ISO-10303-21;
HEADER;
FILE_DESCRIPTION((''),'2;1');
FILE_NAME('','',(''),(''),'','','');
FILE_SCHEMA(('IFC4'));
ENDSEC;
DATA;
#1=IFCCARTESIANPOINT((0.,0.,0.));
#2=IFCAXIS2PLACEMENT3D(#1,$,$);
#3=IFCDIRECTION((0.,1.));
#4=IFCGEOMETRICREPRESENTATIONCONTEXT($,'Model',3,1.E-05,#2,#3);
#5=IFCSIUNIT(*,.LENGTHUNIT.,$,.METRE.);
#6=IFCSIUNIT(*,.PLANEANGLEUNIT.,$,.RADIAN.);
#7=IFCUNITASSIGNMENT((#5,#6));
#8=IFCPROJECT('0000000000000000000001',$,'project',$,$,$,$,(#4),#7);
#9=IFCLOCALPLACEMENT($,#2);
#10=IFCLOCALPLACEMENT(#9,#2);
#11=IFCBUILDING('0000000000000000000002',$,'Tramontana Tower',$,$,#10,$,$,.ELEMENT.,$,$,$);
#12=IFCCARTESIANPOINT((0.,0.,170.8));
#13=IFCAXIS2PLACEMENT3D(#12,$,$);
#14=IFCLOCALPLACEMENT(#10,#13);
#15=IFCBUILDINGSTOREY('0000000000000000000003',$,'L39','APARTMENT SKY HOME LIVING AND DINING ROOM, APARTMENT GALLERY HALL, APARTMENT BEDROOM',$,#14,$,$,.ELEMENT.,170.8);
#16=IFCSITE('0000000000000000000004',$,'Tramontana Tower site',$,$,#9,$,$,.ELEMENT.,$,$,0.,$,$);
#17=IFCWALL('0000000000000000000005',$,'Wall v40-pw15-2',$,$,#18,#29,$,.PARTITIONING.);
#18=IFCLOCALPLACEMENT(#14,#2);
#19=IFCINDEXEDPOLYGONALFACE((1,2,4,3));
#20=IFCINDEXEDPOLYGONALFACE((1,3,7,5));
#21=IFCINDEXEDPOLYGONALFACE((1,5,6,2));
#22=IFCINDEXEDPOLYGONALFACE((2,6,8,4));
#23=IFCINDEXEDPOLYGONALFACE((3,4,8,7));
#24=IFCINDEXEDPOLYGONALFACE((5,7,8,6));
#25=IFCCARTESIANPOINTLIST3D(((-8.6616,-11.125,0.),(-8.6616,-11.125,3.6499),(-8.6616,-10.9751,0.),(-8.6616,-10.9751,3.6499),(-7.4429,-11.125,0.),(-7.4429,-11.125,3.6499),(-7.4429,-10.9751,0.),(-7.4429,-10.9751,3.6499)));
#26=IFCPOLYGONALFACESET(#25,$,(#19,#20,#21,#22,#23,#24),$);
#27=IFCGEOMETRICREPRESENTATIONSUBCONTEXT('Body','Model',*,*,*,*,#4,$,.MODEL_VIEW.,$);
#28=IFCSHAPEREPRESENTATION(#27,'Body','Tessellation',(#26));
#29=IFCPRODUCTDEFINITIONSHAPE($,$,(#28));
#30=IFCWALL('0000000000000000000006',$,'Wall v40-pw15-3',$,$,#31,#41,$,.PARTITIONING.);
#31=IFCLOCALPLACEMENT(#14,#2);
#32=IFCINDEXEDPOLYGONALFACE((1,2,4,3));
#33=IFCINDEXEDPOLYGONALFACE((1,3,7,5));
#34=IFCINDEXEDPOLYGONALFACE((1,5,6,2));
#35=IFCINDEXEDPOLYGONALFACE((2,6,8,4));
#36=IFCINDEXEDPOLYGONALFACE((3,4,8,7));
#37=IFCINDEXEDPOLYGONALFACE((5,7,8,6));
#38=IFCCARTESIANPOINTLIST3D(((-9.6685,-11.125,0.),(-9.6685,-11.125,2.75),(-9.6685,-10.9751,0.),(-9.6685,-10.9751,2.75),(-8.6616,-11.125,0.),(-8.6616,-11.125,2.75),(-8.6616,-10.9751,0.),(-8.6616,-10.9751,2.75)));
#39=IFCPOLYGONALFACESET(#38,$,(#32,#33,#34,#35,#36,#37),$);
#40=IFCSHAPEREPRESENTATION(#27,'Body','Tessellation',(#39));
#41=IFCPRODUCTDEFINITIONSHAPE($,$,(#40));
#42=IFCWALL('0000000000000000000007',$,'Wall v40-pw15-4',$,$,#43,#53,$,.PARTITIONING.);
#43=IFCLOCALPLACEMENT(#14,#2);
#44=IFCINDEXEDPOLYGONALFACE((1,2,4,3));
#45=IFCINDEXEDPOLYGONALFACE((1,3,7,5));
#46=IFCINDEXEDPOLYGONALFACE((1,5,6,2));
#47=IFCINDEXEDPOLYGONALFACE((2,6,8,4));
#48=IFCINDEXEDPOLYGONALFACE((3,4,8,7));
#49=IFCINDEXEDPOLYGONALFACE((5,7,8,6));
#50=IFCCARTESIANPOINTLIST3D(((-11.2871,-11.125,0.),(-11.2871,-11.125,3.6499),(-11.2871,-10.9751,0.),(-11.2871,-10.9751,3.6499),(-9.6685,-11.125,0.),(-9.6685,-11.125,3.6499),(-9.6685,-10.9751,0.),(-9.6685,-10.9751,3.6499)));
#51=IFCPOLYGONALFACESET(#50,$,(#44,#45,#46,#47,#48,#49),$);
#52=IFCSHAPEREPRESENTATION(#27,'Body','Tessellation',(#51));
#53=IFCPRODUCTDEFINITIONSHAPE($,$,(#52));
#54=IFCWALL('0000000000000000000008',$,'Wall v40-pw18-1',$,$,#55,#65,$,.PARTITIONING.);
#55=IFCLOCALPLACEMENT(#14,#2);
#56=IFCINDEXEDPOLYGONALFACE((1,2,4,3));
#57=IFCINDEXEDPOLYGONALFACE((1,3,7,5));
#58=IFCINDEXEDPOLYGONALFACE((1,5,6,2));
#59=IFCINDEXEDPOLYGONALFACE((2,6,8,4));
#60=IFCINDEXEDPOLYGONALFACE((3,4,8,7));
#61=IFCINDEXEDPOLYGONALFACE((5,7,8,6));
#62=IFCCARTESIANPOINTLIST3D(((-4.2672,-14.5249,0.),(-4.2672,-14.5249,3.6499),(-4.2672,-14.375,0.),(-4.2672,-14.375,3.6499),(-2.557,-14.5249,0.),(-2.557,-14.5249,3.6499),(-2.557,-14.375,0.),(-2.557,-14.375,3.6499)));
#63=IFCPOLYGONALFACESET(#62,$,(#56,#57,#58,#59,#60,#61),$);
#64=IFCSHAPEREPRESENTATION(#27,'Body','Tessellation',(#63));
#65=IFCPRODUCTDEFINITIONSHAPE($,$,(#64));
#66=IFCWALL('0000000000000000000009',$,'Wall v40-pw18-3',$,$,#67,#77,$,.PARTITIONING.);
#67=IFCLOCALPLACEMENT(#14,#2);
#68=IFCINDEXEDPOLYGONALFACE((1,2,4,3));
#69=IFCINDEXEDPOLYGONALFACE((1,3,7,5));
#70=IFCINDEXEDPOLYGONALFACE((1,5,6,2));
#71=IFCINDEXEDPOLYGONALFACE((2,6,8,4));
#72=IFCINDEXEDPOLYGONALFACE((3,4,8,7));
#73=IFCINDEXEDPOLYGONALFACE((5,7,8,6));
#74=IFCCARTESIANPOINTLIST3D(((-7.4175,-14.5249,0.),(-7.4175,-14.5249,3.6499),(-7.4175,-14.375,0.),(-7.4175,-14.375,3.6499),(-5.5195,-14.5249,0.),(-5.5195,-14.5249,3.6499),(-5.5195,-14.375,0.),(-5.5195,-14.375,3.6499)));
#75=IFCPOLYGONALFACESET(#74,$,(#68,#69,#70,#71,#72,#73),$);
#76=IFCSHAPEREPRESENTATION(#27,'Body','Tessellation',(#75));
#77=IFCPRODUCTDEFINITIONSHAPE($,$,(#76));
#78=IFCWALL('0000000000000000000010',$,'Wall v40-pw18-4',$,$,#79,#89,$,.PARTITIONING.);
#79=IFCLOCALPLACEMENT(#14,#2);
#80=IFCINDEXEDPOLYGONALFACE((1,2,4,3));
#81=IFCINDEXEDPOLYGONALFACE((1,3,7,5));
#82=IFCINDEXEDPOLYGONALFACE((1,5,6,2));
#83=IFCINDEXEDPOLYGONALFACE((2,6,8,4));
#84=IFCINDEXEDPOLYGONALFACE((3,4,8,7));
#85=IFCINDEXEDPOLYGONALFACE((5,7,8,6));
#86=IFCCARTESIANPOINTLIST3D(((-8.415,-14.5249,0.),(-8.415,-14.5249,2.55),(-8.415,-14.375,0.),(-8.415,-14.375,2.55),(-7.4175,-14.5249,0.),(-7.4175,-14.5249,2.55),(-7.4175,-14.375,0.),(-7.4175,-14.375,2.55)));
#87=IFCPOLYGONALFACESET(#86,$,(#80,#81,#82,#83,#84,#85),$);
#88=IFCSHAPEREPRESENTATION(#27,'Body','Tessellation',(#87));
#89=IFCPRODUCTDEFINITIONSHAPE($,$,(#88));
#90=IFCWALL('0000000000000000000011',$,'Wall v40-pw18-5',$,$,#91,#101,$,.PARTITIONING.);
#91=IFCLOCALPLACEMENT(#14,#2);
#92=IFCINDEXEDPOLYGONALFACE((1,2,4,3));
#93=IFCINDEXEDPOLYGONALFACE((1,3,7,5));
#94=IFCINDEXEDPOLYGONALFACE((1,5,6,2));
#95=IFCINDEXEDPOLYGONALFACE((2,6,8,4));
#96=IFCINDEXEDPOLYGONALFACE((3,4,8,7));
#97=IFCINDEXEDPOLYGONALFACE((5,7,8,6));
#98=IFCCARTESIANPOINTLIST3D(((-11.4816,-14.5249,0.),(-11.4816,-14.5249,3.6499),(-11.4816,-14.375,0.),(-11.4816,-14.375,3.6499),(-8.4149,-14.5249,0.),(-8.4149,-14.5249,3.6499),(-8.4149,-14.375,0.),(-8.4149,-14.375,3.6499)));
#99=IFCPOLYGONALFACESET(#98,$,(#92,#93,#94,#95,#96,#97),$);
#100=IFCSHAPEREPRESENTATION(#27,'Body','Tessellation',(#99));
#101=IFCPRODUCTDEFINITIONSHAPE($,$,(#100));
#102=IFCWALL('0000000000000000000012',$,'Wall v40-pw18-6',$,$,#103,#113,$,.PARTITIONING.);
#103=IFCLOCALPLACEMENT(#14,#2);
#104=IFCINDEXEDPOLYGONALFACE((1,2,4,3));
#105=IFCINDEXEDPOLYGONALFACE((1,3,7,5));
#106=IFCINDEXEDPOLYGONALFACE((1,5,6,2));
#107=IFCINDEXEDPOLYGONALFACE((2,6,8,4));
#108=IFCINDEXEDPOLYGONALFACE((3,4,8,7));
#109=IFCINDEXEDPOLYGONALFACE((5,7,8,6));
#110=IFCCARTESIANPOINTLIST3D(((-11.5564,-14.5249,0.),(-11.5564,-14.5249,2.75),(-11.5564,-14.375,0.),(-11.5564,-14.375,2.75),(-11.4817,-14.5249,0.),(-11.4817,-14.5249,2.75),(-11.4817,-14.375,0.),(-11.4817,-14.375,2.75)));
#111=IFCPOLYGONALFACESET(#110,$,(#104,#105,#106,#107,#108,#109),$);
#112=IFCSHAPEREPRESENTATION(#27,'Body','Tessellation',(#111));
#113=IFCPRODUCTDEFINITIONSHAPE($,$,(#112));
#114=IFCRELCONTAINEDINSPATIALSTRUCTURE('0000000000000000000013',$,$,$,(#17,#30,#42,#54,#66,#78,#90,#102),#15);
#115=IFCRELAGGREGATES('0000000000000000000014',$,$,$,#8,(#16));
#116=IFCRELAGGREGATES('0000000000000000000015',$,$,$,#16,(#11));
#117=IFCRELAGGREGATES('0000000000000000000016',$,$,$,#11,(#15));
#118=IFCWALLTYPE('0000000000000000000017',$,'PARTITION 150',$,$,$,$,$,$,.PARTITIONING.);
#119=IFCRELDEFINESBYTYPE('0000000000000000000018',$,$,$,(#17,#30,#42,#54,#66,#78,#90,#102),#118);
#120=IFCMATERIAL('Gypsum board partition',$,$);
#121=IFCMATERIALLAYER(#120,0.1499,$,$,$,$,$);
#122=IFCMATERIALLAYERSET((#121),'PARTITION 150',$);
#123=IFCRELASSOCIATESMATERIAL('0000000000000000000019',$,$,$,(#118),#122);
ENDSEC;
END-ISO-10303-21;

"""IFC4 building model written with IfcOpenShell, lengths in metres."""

from ifc_helpers import new_model, si_unit, direction, frame, frame_2d, origin, place, context, subcontext, project, spatial, rectangle, extrude, material, layer, layer_set, type_object, element, save


model = new_model("IFC4")

# Units and contexts
model_context = context("Model", 3, precision=1e-05, world=origin(), true_north=direction((0.0, 1.0)))
body_context = subcontext(model_context, "Body", "Model", "MODEL_VIEW")
ifc_project = project(units=[si_unit("LENGTHUNIT", "METRE"), si_unit("PLANEANGLEUNIT", "RADIAN")], contexts=[model_context])

# Site, building, storey
site_placement = place(None, origin())
site = spatial("IfcSite", under=ifc_project, at=site_placement, Name="Tramontana Tower site", CompositionType="ELEMENT", RefElevation=0.0)
building_placement = place(site_placement, origin())
building = spatial("IfcBuilding", under=site, at=building_placement, Name="Tramontana Tower", CompositionType="ELEMENT")
storey_placement = place(building_placement, frame((0.0, 0.0, 170.8)))
storey = spatial("IfcBuildingStorey", under=building, at=storey_placement, Name="L39", Description="APARTMENT SKY HOME LIVING AND DINING ROOM, APARTMENT GALLERY HALL, APARTMENT BEDROOM", CompositionType="ELEMENT", Elevation=170.8)

# Shared definitions
ifc_material_1 = material(Name="Gypsum board partition")
ifc_layer_1 = layer(ifc_material_1, 0.1499)
ifc_layer_set_1 = layer_set([ifc_layer_1], Name="PARTITION 150")
wall_type_1 = type_object("IfcWallType", Name="PARTITION 150", PredefinedType="PARTITIONING", material=ifc_layer_set_1)

# Walls
wall_1_placement = place(storey_placement, frame((-7.4429, -11.05, 0.0), z_axis=(0.0, 0.0, 1.0), x_axis=(-1.0, 0.0, 0.0)))
element("IfcWall", 1, at=wall_1_placement, inside=storey, type_object=wall_type_1, Name="Wall v40-pw15-2", PredefinedType="PARTITIONING", context=body_context, shape_type="SweptSolid", body=[
    extrude(rectangle(XDim=1.2188, YDim=0.1499, at=frame_2d((0.6094, 0.0))), origin(), (0.0, 0.0, 1.0), 3.6499),
])
wall_2_placement = place(storey_placement, frame((-8.6616, -11.05, 0.0), z_axis=(0.0, 0.0, 1.0), x_axis=(-1.0, 0.0, 0.0)))
element("IfcWall", 2, at=wall_2_placement, inside=storey, type_object=wall_type_1, Name="Wall v40-pw15-3", PredefinedType="PARTITIONING", context=body_context, shape_type="SweptSolid", body=[
    extrude(rectangle(XDim=1.0068, YDim=0.1499, at=frame_2d((0.5034, 0.0))), origin(), (0.0, 0.0, 1.0), 2.75),
])
wall_3_placement = place(storey_placement, frame((-9.6685, -11.05, 0.0), z_axis=(0.0, 0.0, 1.0), x_axis=(-1.0, 0.0, 0.0)))
element("IfcWall", 3, at=wall_3_placement, inside=storey, type_object=wall_type_1, Name="Wall v40-pw15-4", PredefinedType="PARTITIONING", context=body_context, shape_type="SweptSolid", body=[
    extrude(rectangle(XDim=1.6187, YDim=0.1499, at=frame_2d((0.8093, 0.0))), origin(), (0.0, 0.0, 1.0), 3.6499),
])
wall_4_placement = place(storey_placement, frame((-2.5571, -14.45, 0.0), z_axis=(0.0, 0.0, 1.0), x_axis=(-1.0, 0.0, 0.0)))
element("IfcWall", 4, at=wall_4_placement, inside=storey, type_object=wall_type_1, Name="Wall v40-pw18-1", PredefinedType="PARTITIONING", context=body_context, shape_type="SweptSolid", body=[
    extrude(rectangle(XDim=1.7102, YDim=0.1499, at=frame_2d((0.855, 0.0))), origin(), (0.0, 0.0, 1.0), 3.6499),
])

# Walls
wall_5_placement = place(storey_placement, frame((-5.5195, -14.45, 0.0), z_axis=(0.0, 0.0, 1.0), x_axis=(-1.0, 0.0, 0.0)))
element("IfcWall", 5, at=wall_5_placement, inside=storey, type_object=wall_type_1, Name="Wall v40-pw18-3", PredefinedType="PARTITIONING", context=body_context, shape_type="SweptSolid", body=[
    extrude(rectangle(XDim=1.8979, YDim=0.1499, at=frame_2d((0.949, 0.0))), origin(), (0.0, 0.0, 1.0), 3.6499),
])
wall_6_placement = place(storey_placement, frame((-7.4175, -14.45, 0.0), z_axis=(0.0, 0.0, 1.0), x_axis=(-1.0, 0.0, 0.0)))
element("IfcWall", 6, at=wall_6_placement, inside=storey, type_object=wall_type_1, Name="Wall v40-pw18-4", PredefinedType="PARTITIONING", context=body_context, shape_type="SweptSolid", body=[
    extrude(rectangle(XDim=0.9976, YDim=0.1499, at=frame_2d((0.4988, 0.0))), origin(), (0.0, 0.0, 1.0), 2.55),
])
wall_7_placement = place(storey_placement, frame((-8.415, -14.45, 0.0), z_axis=(0.0, 0.0, 1.0), x_axis=(-1.0, 0.0, 0.0)))
element("IfcWall", 7, at=wall_7_placement, inside=storey, type_object=wall_type_1, Name="Wall v40-pw18-5", PredefinedType="PARTITIONING", context=body_context, shape_type="SweptSolid", body=[
    extrude(rectangle(XDim=3.0667, YDim=0.1499, at=frame_2d((1.5332, 0.0))), origin(), (0.0, 0.0, 1.0), 3.6499),
])
wall_8_placement = place(storey_placement, frame((-11.4817, -14.45, 0.0), z_axis=(0.0, 0.0, 1.0), x_axis=(-1.0, 0.0, 0.0)))
element("IfcWall", 8, at=wall_8_placement, inside=storey, type_object=wall_type_1, Name="Wall v40-pw18-6", PredefinedType="PARTITIONING", context=body_context, shape_type="SweptSolid", body=[
    extrude(rectangle(XDim=0.0747, YDim=0.1499, at=frame_2d((0.0374, 0.0))), origin(), (0.0, 0.0, 1.0), 2.75),
])

save(model, "model.ifc")
